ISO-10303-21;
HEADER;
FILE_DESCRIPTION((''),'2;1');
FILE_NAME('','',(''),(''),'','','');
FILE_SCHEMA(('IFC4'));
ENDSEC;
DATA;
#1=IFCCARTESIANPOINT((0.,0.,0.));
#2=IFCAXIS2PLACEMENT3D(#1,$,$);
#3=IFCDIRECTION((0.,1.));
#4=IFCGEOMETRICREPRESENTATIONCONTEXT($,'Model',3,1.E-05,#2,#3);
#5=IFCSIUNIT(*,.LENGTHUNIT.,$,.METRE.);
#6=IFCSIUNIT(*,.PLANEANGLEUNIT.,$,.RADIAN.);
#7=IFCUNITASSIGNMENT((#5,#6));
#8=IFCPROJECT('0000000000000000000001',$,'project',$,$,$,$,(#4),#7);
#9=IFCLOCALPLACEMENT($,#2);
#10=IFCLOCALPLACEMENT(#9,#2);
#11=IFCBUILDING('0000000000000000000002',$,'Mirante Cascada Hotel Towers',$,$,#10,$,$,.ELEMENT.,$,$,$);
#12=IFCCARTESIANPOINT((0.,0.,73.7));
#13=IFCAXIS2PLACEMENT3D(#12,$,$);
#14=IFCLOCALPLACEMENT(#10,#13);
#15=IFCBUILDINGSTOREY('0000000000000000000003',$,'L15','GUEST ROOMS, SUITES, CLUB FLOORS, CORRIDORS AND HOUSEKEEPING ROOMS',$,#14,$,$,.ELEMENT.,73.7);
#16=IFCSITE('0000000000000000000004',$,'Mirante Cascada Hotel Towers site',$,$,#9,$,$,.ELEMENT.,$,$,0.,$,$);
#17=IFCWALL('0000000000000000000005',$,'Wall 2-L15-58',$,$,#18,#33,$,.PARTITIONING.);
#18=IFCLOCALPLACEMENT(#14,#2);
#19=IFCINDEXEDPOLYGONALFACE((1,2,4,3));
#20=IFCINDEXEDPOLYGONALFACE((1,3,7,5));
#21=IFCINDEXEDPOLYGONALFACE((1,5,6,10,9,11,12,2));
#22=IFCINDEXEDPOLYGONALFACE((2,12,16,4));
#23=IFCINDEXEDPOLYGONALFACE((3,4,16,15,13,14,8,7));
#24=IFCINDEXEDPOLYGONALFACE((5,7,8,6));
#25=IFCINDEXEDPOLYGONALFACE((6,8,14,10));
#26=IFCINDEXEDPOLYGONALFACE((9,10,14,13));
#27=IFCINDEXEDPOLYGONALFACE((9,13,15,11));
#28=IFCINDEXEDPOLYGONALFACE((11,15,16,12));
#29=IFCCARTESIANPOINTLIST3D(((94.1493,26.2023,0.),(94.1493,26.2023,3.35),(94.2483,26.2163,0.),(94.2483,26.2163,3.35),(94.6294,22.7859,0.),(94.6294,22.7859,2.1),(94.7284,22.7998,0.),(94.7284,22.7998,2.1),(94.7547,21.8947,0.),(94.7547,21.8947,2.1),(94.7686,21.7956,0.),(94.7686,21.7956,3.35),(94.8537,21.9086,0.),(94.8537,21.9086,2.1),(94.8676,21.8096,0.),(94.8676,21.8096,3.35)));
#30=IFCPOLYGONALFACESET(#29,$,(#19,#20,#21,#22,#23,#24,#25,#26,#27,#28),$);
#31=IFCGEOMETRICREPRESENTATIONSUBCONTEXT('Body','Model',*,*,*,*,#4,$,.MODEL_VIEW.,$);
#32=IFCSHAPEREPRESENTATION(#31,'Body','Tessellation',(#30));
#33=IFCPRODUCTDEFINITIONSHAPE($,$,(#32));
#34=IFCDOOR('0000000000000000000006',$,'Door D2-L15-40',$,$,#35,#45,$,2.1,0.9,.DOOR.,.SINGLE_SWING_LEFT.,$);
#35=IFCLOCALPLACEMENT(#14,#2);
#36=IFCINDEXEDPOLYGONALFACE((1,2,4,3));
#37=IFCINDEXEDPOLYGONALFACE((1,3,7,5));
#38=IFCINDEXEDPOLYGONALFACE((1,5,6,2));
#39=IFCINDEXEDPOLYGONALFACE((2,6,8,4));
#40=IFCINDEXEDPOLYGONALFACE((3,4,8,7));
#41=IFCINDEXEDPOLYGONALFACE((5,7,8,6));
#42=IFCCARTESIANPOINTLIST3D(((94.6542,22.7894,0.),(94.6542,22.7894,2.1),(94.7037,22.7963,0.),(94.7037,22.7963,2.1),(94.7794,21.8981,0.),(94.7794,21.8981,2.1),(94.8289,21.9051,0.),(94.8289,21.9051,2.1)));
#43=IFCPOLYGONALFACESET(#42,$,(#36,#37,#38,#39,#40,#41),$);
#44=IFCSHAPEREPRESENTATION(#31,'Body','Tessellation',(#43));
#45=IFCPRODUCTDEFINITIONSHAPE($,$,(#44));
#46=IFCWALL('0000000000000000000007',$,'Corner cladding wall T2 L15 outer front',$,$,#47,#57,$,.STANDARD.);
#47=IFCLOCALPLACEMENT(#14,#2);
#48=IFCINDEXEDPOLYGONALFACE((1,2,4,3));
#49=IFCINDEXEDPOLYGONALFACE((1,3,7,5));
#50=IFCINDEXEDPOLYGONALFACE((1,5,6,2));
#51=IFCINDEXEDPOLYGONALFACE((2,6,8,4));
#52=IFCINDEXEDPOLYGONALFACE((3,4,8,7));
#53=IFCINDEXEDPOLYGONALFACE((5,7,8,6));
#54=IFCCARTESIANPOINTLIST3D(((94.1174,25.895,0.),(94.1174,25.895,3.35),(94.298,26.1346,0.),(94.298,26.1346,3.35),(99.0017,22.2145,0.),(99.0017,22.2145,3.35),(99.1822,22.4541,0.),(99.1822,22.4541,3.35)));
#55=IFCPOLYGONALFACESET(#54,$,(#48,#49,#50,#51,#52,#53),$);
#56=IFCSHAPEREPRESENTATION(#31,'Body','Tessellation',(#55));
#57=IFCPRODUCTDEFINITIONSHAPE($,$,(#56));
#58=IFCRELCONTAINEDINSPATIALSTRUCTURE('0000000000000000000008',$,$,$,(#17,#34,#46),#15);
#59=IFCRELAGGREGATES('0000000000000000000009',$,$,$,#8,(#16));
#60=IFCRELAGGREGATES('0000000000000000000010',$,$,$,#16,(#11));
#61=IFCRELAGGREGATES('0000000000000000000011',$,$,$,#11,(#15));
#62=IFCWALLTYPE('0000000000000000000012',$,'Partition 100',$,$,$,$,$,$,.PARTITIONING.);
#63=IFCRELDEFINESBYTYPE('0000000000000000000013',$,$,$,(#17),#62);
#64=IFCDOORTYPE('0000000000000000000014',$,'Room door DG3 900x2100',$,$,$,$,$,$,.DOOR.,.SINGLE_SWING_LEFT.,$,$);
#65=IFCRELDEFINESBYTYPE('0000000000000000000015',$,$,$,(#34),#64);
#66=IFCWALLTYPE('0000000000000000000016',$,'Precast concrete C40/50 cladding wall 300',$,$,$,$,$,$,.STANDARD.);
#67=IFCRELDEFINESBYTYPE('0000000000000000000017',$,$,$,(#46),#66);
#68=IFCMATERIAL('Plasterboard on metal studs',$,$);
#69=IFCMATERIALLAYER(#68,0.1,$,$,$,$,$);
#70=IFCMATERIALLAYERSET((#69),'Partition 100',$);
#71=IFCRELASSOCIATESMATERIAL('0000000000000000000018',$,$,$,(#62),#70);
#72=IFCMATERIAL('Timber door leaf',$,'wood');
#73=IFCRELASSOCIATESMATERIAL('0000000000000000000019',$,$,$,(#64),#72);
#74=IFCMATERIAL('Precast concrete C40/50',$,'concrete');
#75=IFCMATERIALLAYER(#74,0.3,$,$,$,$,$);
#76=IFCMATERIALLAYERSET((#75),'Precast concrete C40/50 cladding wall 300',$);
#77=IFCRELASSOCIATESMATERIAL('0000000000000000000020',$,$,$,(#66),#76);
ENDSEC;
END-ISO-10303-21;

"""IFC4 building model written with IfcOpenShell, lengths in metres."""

from ifc_helpers import new_model, si_unit, direction, frame, frame_2d, origin, place, context, subcontext, project, spatial, rectangle, extrude, material, layer, layer_set, type_object, element, fill, save


model = new_model("IFC4")

# Units and contexts
model_context = context("Model", 3, precision=1e-05, world=origin(), true_north=direction((0.0, 1.0)))
body_context = subcontext(model_context, "Body", "Model", "MODEL_VIEW")
ifc_project = project(units=[si_unit("LENGTHUNIT", "METRE"), si_unit("PLANEANGLEUNIT", "RADIAN")], contexts=[model_context])

# Site, building, storey
site_placement = place(None, origin())
site = spatial("IfcSite", under=ifc_project, at=site_placement, Name="Mirante Cascada Hotel Towers site", CompositionType="ELEMENT", RefElevation=0.0)
building_placement = place(site_placement, origin())
building = spatial("IfcBuilding", under=site, at=building_placement, Name="Mirante Cascada Hotel Towers", CompositionType="ELEMENT")
storey_placement = place(building_placement, frame((0.0, 0.0, 73.7)))
storey = spatial("IfcBuildingStorey", under=building, at=storey_placement, Name="L15", Description="GUEST ROOMS, SUITES, CLUB FLOORS, CORRIDORS AND HOUSEKEEPING ROOMS", CompositionType="ELEMENT", Elevation=73.7)

# Shared definitions
ifc_material_1 = material(Name="Plasterboard on metal studs")
ifc_layer_1 = layer(ifc_material_1, 0.1)
ifc_layer_set_1 = layer_set([ifc_layer_1], Name="Partition 100")
wall_type_1 = type_object("IfcWallType", Name="Partition 100", PredefinedType="PARTITIONING", material=ifc_layer_set_1)

# Wall, opening, door
wall_1_placement = place(storey_placement, frame((94.8181, 21.8026, 0.0), z_axis=(0.0, 0.0, 1.0), x_axis=(-0.139168, 0.990269, 0.0)))
wall_1 = element("IfcWall", 1, at=wall_1_placement, inside=storey, type_object=wall_type_1, Name="Wall 2-L15-58", PredefinedType="PARTITIONING", context=body_context, shape_type="SweptSolid", body=[
    extrude(rectangle(XDim=4.45, YDim=0.1, at=frame_2d((2.225, 0.0))), origin(), (0.0, 0.0, 1.0), 3.35),
])
opening_placement = place(wall_1_placement, frame((0.1, 0.0, 0.0)))
opening = element("IfcOpeningElement", 2, at=opening_placement, cuts=wall_1, PredefinedType="OPENING", context=body_context, shape_type="SweptSolid", body=[
    extrude(rectangle(XDim=0.9, YDim=2.1, at=frame_2d((0.45, 1.05))), frame((0.0, 0.05, 0.0), z_axis=(0.0, -1.0, 0.0), x_axis=(1.0, 0.0, 0.0)), (0.0, 0.0, 1.0), 0.1),
])
ifc_material_2 = material(Name="Timber door leaf", Category="wood")
door_type = type_object("IfcDoorType", Name="Room door DG3 900x2100", OperationType="SINGLE_SWING_LEFT", PredefinedType="DOOR", material=ifc_material_2)
door_placement = place(opening_placement, origin())
door = element("IfcDoor", 3, at=door_placement, inside=storey, type_object=door_type, Name="Door D2-L15-40", OperationType="SINGLE_SWING_LEFT", OverallHeight=2.1, OverallWidth=0.9, PredefinedType="DOOR", context=body_context, shape_type="SweptSolid", body=[
    extrude(rectangle(XDim=0.9, YDim=2.1, at=frame_2d((0.45, 1.05))), frame((0.0, 0.025, 0.0), z_axis=(0.0, -1.0, 0.0), x_axis=(1.0, 0.0, 0.0)), (0.0, 0.0, 1.0), 0.05),
])
fill(opening, door)

# Wall
ifc_material_3 = material(Name="Precast concrete C40/50", Category="concrete")
ifc_layer_2 = layer(ifc_material_3, 0.3)
ifc_layer_set_2 = layer_set([ifc_layer_2], Name="Precast concrete C40/50 cladding wall 300")
wall_type_2 = type_object("IfcWallType", Name="Precast concrete C40/50 cladding wall 300", PredefinedType="STANDARD", material=ifc_layer_set_2)
wall_2_placement = place(storey_placement, frame((99.0919, 22.3343, 0.0), z_axis=(0.0, 0.0, 1.0), x_axis=(-0.798636, 0.601814, 0.0)))
element("IfcWall", 4, at=wall_2_placement, inside=storey, type_object=wall_type_2, Name="Corner cladding wall T2 L15 outer front", PredefinedType="STANDARD", context=body_context, shape_type="SweptSolid", body=[
    extrude(rectangle(XDim=6.1157, YDim=0.3, at=frame_2d((3.0578, 0.0))), origin(), (0.0, 0.0, 1.0), 3.35),
])

save(model, "model.ifc")
